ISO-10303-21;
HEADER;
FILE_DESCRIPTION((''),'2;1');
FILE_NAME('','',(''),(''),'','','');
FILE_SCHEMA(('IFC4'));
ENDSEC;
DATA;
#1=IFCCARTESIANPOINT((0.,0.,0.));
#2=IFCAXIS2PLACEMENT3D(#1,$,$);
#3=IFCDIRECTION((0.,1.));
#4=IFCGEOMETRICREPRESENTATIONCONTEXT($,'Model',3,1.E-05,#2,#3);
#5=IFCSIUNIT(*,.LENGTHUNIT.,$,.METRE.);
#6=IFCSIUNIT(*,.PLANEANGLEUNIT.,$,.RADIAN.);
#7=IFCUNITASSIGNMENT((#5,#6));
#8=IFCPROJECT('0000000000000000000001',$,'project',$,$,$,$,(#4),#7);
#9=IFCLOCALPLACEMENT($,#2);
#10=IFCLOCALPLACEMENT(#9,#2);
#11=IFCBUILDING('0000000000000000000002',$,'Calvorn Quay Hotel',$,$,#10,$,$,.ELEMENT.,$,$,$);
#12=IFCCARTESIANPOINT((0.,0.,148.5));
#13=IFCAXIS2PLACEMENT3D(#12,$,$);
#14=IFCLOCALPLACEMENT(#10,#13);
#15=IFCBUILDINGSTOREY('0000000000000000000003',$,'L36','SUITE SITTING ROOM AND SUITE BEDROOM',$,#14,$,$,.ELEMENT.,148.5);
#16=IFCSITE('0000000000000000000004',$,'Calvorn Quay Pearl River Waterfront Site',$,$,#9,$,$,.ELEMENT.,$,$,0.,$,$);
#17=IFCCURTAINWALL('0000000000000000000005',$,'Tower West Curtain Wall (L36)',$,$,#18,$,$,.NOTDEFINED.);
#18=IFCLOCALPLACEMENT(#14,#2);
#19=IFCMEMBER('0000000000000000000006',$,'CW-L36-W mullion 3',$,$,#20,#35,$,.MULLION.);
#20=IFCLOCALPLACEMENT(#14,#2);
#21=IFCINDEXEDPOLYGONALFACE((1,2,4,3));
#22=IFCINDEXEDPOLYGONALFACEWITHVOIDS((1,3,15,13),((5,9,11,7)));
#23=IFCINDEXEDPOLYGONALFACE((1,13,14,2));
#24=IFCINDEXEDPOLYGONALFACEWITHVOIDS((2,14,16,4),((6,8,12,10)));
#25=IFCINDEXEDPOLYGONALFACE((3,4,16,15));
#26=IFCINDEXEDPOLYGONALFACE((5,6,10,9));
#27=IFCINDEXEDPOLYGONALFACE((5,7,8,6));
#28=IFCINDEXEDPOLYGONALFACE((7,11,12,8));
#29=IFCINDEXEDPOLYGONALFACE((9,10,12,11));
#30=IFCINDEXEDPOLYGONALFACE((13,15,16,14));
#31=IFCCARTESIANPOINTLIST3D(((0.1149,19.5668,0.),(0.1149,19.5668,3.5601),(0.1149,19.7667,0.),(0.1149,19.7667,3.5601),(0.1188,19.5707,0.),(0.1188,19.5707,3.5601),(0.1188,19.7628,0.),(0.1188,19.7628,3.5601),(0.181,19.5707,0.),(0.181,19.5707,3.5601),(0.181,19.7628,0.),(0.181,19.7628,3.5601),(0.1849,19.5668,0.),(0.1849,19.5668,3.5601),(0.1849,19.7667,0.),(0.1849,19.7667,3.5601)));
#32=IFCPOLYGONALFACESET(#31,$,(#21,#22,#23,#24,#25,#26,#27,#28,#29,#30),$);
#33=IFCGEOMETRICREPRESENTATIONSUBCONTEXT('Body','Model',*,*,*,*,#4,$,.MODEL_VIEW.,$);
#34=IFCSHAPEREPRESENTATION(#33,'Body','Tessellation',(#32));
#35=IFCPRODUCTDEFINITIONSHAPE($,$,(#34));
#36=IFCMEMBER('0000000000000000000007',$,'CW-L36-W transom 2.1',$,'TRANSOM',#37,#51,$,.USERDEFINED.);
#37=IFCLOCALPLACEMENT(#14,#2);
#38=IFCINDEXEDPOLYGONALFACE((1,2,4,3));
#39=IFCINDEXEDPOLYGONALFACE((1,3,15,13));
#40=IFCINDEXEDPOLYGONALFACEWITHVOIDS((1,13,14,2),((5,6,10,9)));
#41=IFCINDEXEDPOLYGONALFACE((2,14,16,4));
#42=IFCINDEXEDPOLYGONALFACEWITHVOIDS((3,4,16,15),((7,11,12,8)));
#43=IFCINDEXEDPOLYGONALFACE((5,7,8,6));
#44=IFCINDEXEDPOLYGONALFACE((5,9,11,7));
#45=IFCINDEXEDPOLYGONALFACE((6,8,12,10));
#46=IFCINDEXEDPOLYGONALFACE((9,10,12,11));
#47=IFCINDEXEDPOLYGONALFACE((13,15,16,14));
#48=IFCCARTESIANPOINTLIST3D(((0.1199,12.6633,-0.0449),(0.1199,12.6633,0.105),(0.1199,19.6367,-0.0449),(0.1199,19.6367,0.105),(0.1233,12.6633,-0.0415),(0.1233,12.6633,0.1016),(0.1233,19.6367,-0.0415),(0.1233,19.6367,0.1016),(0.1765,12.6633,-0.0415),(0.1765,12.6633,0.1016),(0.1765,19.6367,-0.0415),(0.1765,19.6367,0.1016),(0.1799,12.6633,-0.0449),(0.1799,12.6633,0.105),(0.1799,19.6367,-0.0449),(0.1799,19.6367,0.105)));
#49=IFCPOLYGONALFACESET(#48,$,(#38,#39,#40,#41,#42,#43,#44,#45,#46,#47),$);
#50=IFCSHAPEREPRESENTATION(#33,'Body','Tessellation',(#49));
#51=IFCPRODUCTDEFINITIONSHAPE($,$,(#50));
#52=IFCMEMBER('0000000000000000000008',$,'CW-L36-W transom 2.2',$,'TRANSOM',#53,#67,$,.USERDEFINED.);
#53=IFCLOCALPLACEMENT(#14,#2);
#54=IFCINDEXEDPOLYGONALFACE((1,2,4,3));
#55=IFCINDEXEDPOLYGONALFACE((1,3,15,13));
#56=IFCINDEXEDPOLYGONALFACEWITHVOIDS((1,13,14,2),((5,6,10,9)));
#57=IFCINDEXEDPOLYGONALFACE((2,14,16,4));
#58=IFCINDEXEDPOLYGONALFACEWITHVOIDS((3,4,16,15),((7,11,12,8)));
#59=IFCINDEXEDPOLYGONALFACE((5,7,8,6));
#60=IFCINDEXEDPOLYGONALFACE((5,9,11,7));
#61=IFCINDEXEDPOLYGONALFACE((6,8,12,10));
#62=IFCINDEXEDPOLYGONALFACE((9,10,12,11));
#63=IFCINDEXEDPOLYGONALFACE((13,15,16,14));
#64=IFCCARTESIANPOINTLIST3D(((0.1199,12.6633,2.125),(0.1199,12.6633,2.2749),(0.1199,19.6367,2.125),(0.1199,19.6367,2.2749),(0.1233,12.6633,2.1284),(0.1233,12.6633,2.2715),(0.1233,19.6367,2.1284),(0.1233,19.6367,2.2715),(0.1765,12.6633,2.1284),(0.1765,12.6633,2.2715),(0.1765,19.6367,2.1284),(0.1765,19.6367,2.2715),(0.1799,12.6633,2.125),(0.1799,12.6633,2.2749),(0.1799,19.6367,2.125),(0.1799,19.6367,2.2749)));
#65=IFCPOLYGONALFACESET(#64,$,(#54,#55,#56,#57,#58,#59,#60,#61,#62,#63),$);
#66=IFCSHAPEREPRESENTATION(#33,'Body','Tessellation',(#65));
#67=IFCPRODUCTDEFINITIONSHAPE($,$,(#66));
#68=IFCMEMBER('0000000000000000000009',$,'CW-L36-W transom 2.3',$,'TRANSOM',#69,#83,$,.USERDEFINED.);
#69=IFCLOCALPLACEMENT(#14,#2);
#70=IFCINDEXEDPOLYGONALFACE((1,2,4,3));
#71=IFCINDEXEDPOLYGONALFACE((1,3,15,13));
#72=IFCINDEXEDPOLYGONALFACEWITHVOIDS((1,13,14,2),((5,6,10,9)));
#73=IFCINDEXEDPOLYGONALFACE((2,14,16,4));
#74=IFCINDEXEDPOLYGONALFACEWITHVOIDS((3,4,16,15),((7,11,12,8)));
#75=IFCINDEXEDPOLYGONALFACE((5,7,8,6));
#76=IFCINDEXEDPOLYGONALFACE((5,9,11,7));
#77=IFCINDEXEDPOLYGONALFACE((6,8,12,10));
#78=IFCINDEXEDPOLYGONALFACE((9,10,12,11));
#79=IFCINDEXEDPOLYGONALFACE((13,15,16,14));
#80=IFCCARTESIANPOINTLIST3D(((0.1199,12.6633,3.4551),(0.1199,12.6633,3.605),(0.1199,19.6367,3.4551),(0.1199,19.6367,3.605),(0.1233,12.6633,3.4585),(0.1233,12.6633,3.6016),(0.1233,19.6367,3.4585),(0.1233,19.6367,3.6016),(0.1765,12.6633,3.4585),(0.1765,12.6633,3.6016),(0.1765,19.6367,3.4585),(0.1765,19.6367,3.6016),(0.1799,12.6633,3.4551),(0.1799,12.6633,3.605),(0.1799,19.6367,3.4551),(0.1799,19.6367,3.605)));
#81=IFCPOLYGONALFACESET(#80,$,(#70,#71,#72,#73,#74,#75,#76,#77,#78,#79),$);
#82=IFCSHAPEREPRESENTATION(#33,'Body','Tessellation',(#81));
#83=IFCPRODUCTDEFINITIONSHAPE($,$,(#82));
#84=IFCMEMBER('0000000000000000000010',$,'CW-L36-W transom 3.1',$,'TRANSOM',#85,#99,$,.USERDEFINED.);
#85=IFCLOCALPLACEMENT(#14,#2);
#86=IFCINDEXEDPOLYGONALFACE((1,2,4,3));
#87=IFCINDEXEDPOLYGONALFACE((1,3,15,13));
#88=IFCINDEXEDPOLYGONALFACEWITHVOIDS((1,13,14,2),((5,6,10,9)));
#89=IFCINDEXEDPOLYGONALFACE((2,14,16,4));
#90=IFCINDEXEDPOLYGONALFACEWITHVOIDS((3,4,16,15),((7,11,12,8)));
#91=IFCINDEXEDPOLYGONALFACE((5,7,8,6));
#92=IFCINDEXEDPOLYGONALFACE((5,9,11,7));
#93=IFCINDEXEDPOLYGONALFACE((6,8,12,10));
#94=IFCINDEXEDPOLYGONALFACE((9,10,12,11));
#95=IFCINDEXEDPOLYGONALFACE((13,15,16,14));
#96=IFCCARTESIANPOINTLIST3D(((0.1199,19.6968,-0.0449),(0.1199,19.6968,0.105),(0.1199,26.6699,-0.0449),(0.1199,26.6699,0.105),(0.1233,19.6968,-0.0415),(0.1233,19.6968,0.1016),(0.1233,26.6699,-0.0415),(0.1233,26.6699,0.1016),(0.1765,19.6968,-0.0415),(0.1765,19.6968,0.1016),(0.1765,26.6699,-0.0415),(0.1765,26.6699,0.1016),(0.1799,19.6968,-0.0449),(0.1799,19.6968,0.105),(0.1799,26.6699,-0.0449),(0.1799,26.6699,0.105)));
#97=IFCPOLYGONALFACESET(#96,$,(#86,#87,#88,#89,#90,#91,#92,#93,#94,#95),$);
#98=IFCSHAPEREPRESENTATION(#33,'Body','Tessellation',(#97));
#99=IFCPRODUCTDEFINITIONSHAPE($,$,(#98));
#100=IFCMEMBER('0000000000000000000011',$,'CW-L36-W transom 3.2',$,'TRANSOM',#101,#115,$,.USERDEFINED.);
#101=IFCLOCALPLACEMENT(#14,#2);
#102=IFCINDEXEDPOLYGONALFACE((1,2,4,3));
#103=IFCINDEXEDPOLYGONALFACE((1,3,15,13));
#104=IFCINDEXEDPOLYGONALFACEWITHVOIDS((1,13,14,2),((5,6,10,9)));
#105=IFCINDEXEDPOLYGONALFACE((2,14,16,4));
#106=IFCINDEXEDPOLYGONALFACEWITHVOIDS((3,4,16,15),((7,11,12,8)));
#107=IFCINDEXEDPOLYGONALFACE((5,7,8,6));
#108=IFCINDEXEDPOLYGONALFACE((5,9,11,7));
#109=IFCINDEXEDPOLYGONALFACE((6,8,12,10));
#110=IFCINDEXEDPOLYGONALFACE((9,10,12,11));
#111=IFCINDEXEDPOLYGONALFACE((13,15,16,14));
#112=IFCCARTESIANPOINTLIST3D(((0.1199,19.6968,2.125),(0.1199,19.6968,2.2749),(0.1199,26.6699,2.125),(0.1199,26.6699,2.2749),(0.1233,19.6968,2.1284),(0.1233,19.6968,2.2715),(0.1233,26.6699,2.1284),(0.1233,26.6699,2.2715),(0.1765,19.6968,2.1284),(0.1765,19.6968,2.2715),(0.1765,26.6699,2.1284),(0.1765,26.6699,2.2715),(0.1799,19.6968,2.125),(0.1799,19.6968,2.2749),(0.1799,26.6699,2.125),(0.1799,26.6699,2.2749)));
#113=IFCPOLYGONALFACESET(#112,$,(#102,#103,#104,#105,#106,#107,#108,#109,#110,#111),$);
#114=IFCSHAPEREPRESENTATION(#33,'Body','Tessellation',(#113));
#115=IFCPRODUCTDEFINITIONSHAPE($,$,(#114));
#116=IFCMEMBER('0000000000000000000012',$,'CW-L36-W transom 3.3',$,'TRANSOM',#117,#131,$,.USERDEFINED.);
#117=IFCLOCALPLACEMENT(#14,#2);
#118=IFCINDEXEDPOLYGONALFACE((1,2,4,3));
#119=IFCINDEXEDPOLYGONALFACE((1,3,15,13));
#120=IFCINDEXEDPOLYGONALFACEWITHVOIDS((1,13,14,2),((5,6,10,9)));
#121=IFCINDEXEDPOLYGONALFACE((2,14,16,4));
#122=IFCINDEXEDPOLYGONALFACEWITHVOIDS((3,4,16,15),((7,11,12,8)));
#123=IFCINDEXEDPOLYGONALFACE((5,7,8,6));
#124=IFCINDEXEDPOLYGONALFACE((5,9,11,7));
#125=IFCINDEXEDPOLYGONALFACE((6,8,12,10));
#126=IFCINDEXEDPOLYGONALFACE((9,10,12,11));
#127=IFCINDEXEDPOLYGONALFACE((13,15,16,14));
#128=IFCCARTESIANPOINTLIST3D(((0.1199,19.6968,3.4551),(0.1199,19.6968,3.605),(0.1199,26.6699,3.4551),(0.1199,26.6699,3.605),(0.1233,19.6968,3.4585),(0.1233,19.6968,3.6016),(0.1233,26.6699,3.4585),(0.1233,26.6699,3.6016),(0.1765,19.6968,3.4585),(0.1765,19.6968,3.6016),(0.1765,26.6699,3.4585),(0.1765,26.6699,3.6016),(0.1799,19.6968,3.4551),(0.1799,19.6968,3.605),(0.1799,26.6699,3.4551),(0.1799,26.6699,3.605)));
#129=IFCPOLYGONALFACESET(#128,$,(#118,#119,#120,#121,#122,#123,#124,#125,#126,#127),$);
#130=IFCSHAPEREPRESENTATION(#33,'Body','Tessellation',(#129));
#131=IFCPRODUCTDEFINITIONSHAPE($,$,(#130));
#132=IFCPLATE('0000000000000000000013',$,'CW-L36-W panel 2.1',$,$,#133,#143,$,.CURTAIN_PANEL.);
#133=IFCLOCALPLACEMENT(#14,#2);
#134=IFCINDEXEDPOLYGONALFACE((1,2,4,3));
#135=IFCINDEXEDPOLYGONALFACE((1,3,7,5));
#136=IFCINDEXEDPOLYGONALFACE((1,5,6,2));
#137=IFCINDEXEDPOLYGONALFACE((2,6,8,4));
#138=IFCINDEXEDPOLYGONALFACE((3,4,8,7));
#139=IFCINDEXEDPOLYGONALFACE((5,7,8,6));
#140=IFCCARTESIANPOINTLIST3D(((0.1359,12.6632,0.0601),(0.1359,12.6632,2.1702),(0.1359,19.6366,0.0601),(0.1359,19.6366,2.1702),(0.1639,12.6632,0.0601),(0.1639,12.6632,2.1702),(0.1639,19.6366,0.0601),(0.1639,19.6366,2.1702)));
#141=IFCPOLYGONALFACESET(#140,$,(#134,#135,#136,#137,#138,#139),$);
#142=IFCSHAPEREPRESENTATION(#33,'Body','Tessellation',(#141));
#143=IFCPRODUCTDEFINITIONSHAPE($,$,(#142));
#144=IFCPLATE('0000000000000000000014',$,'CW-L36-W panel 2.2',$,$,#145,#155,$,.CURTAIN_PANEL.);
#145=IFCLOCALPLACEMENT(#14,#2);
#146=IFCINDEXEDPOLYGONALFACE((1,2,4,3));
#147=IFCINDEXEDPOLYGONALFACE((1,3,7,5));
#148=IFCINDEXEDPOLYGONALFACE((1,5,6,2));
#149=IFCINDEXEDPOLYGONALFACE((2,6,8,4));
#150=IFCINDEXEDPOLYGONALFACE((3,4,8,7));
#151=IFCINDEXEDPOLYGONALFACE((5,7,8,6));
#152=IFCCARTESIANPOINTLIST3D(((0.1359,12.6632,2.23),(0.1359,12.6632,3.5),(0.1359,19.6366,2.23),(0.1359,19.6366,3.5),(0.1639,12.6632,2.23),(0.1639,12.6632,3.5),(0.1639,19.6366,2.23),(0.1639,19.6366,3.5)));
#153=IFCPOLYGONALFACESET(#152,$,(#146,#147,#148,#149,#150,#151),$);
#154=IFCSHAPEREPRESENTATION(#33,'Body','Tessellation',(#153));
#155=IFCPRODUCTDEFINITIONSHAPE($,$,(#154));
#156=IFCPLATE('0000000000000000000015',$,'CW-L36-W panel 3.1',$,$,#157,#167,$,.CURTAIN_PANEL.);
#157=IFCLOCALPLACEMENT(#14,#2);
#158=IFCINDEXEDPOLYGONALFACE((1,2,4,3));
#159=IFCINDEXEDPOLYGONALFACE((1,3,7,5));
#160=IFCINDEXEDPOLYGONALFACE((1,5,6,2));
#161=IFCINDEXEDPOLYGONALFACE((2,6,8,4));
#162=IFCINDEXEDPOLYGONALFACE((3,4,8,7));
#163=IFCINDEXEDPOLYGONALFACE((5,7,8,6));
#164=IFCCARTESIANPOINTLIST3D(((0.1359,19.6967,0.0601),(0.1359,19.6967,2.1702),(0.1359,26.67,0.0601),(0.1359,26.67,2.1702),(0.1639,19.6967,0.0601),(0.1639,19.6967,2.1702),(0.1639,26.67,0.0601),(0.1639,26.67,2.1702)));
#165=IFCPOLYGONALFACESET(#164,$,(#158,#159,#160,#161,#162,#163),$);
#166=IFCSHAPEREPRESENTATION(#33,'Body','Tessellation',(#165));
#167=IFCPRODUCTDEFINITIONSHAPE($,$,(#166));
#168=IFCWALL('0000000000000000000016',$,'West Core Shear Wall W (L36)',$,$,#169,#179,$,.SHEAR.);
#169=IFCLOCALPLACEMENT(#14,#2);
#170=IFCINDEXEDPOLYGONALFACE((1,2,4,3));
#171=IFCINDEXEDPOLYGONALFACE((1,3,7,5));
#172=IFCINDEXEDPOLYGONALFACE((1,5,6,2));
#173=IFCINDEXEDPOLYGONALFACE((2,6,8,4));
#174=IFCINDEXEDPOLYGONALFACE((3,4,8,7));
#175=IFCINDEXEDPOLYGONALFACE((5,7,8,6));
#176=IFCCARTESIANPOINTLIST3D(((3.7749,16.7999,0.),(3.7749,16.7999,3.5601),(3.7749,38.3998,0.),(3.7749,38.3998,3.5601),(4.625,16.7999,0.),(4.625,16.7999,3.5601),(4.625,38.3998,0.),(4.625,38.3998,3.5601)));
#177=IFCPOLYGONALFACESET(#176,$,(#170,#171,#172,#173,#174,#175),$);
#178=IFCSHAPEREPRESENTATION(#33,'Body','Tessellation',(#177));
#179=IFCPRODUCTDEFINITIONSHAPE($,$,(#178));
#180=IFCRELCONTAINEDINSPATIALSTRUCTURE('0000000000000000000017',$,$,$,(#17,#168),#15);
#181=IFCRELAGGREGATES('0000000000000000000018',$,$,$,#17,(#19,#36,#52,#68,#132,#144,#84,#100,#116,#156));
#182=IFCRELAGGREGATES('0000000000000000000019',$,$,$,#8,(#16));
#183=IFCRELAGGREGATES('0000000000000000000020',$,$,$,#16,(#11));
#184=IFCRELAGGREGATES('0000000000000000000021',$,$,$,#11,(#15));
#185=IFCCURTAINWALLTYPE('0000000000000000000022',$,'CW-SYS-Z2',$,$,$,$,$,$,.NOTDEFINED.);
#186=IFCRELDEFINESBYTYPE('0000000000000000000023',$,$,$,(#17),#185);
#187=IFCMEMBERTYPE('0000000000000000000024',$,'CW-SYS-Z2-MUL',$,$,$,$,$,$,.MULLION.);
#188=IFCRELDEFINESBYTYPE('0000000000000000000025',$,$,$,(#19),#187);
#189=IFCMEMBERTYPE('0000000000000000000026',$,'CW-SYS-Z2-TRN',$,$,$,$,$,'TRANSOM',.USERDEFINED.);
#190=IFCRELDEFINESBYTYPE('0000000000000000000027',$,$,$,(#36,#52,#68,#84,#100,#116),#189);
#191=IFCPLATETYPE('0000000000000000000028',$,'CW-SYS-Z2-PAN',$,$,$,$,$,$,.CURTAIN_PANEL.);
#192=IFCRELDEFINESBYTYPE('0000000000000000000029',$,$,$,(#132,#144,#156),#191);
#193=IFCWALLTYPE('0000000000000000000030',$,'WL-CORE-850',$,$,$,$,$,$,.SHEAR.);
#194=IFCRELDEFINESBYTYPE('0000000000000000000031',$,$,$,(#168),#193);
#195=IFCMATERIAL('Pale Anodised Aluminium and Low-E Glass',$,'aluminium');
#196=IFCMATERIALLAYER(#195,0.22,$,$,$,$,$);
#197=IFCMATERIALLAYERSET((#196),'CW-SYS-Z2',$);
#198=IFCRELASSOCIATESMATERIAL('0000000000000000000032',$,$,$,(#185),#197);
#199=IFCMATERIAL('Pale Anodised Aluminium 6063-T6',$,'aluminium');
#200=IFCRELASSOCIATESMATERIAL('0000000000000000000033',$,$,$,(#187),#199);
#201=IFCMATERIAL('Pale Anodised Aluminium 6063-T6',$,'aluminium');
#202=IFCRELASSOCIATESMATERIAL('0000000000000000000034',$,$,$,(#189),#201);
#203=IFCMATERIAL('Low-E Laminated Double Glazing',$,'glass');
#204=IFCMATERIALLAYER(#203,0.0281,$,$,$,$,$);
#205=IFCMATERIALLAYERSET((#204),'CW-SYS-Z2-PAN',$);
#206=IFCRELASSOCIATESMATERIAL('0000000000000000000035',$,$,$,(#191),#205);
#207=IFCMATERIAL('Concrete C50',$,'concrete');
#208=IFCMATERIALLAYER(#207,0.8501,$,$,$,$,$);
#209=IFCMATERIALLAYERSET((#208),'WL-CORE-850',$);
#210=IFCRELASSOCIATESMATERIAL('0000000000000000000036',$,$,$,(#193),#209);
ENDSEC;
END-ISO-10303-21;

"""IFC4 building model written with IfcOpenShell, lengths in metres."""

from ifc_helpers import new_model, si_unit, direction, frame, frame_2d, origin, origin_2d, place, context, subcontext, project, spatial, rectangle, hollow_rectangle, extrude, material, layer, layer_set, material_profile, profile_set, type_object, element, aggregate, save


model = new_model("IFC4")

# Units and contexts
model_context = context("Model", 3, precision=1e-05, world=origin(), true_north=direction((0.0, 1.0)))
body_context = subcontext(model_context, "Body", "Model", "MODEL_VIEW")
ifc_project = project(units=[si_unit("LENGTHUNIT", "METRE"), si_unit("PLANEANGLEUNIT", "RADIAN")], contexts=[model_context])

# Site, building, storey
site_placement = place(None, origin())
site = spatial("IfcSite", under=ifc_project, at=site_placement, Name="Calvorn Quay Pearl River Waterfront Site", CompositionType="ELEMENT", RefElevation=0.0)
building_placement = place(site_placement, origin())
building = spatial("IfcBuilding", under=site, at=building_placement, Name="Calvorn Quay Hotel", CompositionType="ELEMENT")
storey_placement = place(building_placement, frame((0.0, 0.0, 148.5)))
storey = spatial("IfcBuildingStorey", under=building, at=storey_placement, Name="L36", Description="SUITE SITTING ROOM AND SUITE BEDROOM", CompositionType="ELEMENT", Elevation=148.5)

# Curtain wall, members, plates
ifc_material_1 = material(Name="Pale Anodised Aluminium and Low-E Glass", Category="aluminium")
ifc_layer_1 = layer(ifc_material_1, 0.22)
ifc_layer_set_1 = layer_set([ifc_layer_1], Name="CW-SYS-Z2")
curtain_wall_type = type_object("IfcCurtainWallType", Name="CW-SYS-Z2", PredefinedType="NOTDEFINED", material=ifc_layer_set_1)
curtain_wall_placement = place(storey_placement, origin())
curtain_wall = element("IfcCurtainWall", 1, at=curtain_wall_placement, inside=storey, type_object=curtain_wall_type, Name="Tower West Curtain Wall (L36)", PredefinedType="NOTDEFINED")
ifc_material_2 = material(Name="Pale Anodised Aluminium 6063-T6", Category="aluminium")
ifc_material_profile_1 = material_profile(ifc_material_2, hollow_rectangle(XDim=0.0701, YDim=0.2, WallThickness=0.0039, at=origin_2d()), Name="ALU-M200x70x4")
ifc_profile_set_1 = profile_set([ifc_material_profile_1], Name="Pale Anodised Aluminium 6063-T6")
member_type_1 = type_object("IfcMemberType", Name="CW-SYS-Z2-MUL", PredefinedType="MULLION", material=ifc_profile_set_1)
member_1_placement = place(storey_placement, frame((0.1499, 19.6667, 0.0), z_axis=(0.0, 0.0, 1.0), x_axis=(-1.0, 0.0, 0.0)))
member_1 = element("IfcMember", 2, at=member_1_placement, type_object=member_type_1, Name="CW-L36-W mullion 3", PredefinedType="MULLION", context=body_context, shape_type="SweptSolid", body=[
    extrude(hollow_rectangle(XDim=0.0701, YDim=0.2, WallThickness=0.0039, at=origin_2d()), origin(), (0.0, 0.0, 1.0), 3.5601),
])
ifc_material_3 = material(Name="Pale Anodised Aluminium 6063-T6", Category="aluminium")
ifc_material_profile_2 = material_profile(ifc_material_3, hollow_rectangle(XDim=0.0601, YDim=0.1499, WallThickness=0.0034, at=origin_2d()), Name="ALU-T150x60x3.5")
ifc_profile_set_2 = profile_set([ifc_material_profile_2], Name="Pale Anodised Aluminium 6063-T6")
member_type_2 = type_object("IfcMemberType", Name="CW-SYS-Z2-TRN", ElementType="TRANSOM", PredefinedType="USERDEFINED", material=ifc_profile_set_2)
member_2_placement = place(storey_placement, frame((0.1499, 12.6633, 0.03), z_axis=(0.0, 1.0, 0.0), x_axis=(-1.0, 0.0, 0.0)))
member_2 = element("IfcMember", 3, at=member_2_placement, type_object=member_type_2, Name="CW-L36-W transom 2.1", ObjectType="TRANSOM", PredefinedType="USERDEFINED", context=body_context, shape_type="SweptSolid", body=[
    extrude(hollow_rectangle(XDim=0.0601, YDim=0.1499, WallThickness=0.0034, at=origin_2d()), origin(), (0.0, 0.0, 1.0), 6.9734),
])
member_3_placement = place(storey_placement, frame((0.1499, 12.6633, 2.2), z_axis=(0.0, 1.0, 0.0), x_axis=(-1.0, 0.0, 0.0)))
member_3 = element("IfcMember", 4, at=member_3_placement, type_object=member_type_2, Name="CW-L36-W transom 2.2", ObjectType="TRANSOM", PredefinedType="USERDEFINED", context=body_context, shape_type="SweptSolid", body=[
    extrude(hollow_rectangle(XDim=0.0601, YDim=0.1499, WallThickness=0.0034, at=origin_2d()), origin(), (0.0, 0.0, 1.0), 6.9734),
])
member_4_placement = place(storey_placement, frame((0.1499, 12.6633, 3.53), z_axis=(0.0, 1.0, 0.0), x_axis=(-1.0, 0.0, 0.0)))
member_4 = element("IfcMember", 5, at=member_4_placement, type_object=member_type_2, Name="CW-L36-W transom 2.3", ObjectType="TRANSOM", PredefinedType="USERDEFINED", context=body_context, shape_type="SweptSolid", body=[
    extrude(hollow_rectangle(XDim=0.0601, YDim=0.1499, WallThickness=0.0034, at=origin_2d()), origin(), (0.0, 0.0, 1.0), 6.9734),
])
member_5_placement = place(storey_placement, frame((0.1499, 19.6968, 0.03), z_axis=(0.0, 1.0, 0.0), x_axis=(-1.0, 0.0, 0.0)))
member_5 = element("IfcMember", 6, at=member_5_placement, type_object=member_type_2, Name="CW-L36-W transom 3.1", ObjectType="TRANSOM", PredefinedType="USERDEFINED", context=body_context, shape_type="SweptSolid", body=[
    extrude(hollow_rectangle(XDim=0.0601, YDim=0.1499, WallThickness=0.0034, at=origin_2d()), origin(), (0.0, 0.0, 1.0), 6.9731),
])
member_6_placement = place(storey_placement, frame((0.1499, 19.6968, 2.2), z_axis=(0.0, 1.0, 0.0), x_axis=(-1.0, 0.0, 0.0)))
member_6 = element("IfcMember", 7, at=member_6_placement, type_object=member_type_2, Name="CW-L36-W transom 3.2", ObjectType="TRANSOM", PredefinedType="USERDEFINED", context=body_context, shape_type="SweptSolid", body=[
    extrude(hollow_rectangle(XDim=0.0601, YDim=0.1499, WallThickness=0.0034, at=origin_2d()), origin(), (0.0, 0.0, 1.0), 6.9731),
])
member_7_placement = place(storey_placement, frame((0.1499, 19.6968, 3.53), z_axis=(0.0, 1.0, 0.0), x_axis=(-1.0, 0.0, 0.0)))
member_7 = element("IfcMember", 8, at=member_7_placement, type_object=member_type_2, Name="CW-L36-W transom 3.3", ObjectType="TRANSOM", PredefinedType="USERDEFINED", context=body_context, shape_type="SweptSolid", body=[
    extrude(hollow_rectangle(XDim=0.0601, YDim=0.1499, WallThickness=0.0034, at=origin_2d()), origin(), (0.0, 0.0, 1.0), 6.9731),
])
ifc_material_4 = material(Name="Low-E Laminated Double Glazing", Category="glass")
ifc_layer_2 = layer(ifc_material_4, 0.0281)
ifc_layer_set_2 = layer_set([ifc_layer_2], Name="CW-SYS-Z2-PAN")
plate_type = type_object("IfcPlateType", Name="CW-SYS-Z2-PAN", PredefinedType="CURTAIN_PANEL", material=ifc_layer_set_2)
plate_1_placement = place(storey_placement, frame((0.1499, 16.1499, 0.0601), z_axis=(0.0, 0.0, 1.0), x_axis=(0.0, 1.0, 0.0)))
plate_1 = element("IfcPlate", 9, at=plate_1_placement, type_object=plate_type, Name="CW-L36-W panel 2.1", PredefinedType="CURTAIN_PANEL", context=body_context, shape_type="SweptSolid", body=[
    extrude(rectangle(XDim=6.9734, YDim=0.0281, at=origin_2d()), origin(), (0.0, 0.0, 1.0), 2.1101),
])
plate_2_placement = place(storey_placement, frame((0.1499, 16.1499, 2.23), z_axis=(0.0, 0.0, 1.0), x_axis=(0.0, 1.0, 0.0)))
plate_2 = element("IfcPlate", 10, at=plate_2_placement, type_object=plate_type, Name="CW-L36-W panel 2.2", PredefinedType="CURTAIN_PANEL", context=body_context, shape_type="SweptSolid", body=[
    extrude(rectangle(XDim=6.9734, YDim=0.0281, at=origin_2d()), origin(), (0.0, 0.0, 1.0), 1.27),
])
plate_3_placement = place(storey_placement, frame((0.1499, 23.1833, 0.0601), z_axis=(0.0, 0.0, 1.0), x_axis=(0.0, 1.0, 0.0)))
plate_3 = element("IfcPlate", 11, at=plate_3_placement, type_object=plate_type, Name="CW-L36-W panel 3.1", PredefinedType="CURTAIN_PANEL", context=body_context, shape_type="SweptSolid", body=[
    extrude(rectangle(XDim=6.9734, YDim=0.0281, at=origin_2d()), origin(), (0.0, 0.0, 1.0), 2.1101),
])
aggregate(curtain_wall, [member_1, member_2, member_3, member_4, plate_1, plate_2, member_5, member_6, member_7, plate_3])

# Wall
ifc_material_5 = material(Name="Concrete C50", Category="concrete")
ifc_layer_3 = layer(ifc_material_5, 0.8501)
ifc_layer_set_3 = layer_set([ifc_layer_3], Name="WL-CORE-850")
wall_type_1 = type_object("IfcWallType", Name="WL-CORE-850", PredefinedType="SHEAR", material=ifc_layer_set_3)
wall_1_placement = place(storey_placement, frame((4.2, 16.8, 0.0), z_axis=(0.0, 0.0, 1.0), x_axis=(0.0, 1.0, 0.0)))
element("IfcWall", 12, at=wall_1_placement, inside=storey, type_object=wall_type_1, Name="West Core Shear Wall W (L36)", PredefinedType="SHEAR", context=body_context, shape_type="SweptSolid", body=[
    extrude(rectangle(XDim=21.5999, YDim=0.8501, at=frame_2d((10.7998, 0.0))), origin(), (0.0, 0.0, 1.0), 3.5601),
])

save(model, "model.ifc")
